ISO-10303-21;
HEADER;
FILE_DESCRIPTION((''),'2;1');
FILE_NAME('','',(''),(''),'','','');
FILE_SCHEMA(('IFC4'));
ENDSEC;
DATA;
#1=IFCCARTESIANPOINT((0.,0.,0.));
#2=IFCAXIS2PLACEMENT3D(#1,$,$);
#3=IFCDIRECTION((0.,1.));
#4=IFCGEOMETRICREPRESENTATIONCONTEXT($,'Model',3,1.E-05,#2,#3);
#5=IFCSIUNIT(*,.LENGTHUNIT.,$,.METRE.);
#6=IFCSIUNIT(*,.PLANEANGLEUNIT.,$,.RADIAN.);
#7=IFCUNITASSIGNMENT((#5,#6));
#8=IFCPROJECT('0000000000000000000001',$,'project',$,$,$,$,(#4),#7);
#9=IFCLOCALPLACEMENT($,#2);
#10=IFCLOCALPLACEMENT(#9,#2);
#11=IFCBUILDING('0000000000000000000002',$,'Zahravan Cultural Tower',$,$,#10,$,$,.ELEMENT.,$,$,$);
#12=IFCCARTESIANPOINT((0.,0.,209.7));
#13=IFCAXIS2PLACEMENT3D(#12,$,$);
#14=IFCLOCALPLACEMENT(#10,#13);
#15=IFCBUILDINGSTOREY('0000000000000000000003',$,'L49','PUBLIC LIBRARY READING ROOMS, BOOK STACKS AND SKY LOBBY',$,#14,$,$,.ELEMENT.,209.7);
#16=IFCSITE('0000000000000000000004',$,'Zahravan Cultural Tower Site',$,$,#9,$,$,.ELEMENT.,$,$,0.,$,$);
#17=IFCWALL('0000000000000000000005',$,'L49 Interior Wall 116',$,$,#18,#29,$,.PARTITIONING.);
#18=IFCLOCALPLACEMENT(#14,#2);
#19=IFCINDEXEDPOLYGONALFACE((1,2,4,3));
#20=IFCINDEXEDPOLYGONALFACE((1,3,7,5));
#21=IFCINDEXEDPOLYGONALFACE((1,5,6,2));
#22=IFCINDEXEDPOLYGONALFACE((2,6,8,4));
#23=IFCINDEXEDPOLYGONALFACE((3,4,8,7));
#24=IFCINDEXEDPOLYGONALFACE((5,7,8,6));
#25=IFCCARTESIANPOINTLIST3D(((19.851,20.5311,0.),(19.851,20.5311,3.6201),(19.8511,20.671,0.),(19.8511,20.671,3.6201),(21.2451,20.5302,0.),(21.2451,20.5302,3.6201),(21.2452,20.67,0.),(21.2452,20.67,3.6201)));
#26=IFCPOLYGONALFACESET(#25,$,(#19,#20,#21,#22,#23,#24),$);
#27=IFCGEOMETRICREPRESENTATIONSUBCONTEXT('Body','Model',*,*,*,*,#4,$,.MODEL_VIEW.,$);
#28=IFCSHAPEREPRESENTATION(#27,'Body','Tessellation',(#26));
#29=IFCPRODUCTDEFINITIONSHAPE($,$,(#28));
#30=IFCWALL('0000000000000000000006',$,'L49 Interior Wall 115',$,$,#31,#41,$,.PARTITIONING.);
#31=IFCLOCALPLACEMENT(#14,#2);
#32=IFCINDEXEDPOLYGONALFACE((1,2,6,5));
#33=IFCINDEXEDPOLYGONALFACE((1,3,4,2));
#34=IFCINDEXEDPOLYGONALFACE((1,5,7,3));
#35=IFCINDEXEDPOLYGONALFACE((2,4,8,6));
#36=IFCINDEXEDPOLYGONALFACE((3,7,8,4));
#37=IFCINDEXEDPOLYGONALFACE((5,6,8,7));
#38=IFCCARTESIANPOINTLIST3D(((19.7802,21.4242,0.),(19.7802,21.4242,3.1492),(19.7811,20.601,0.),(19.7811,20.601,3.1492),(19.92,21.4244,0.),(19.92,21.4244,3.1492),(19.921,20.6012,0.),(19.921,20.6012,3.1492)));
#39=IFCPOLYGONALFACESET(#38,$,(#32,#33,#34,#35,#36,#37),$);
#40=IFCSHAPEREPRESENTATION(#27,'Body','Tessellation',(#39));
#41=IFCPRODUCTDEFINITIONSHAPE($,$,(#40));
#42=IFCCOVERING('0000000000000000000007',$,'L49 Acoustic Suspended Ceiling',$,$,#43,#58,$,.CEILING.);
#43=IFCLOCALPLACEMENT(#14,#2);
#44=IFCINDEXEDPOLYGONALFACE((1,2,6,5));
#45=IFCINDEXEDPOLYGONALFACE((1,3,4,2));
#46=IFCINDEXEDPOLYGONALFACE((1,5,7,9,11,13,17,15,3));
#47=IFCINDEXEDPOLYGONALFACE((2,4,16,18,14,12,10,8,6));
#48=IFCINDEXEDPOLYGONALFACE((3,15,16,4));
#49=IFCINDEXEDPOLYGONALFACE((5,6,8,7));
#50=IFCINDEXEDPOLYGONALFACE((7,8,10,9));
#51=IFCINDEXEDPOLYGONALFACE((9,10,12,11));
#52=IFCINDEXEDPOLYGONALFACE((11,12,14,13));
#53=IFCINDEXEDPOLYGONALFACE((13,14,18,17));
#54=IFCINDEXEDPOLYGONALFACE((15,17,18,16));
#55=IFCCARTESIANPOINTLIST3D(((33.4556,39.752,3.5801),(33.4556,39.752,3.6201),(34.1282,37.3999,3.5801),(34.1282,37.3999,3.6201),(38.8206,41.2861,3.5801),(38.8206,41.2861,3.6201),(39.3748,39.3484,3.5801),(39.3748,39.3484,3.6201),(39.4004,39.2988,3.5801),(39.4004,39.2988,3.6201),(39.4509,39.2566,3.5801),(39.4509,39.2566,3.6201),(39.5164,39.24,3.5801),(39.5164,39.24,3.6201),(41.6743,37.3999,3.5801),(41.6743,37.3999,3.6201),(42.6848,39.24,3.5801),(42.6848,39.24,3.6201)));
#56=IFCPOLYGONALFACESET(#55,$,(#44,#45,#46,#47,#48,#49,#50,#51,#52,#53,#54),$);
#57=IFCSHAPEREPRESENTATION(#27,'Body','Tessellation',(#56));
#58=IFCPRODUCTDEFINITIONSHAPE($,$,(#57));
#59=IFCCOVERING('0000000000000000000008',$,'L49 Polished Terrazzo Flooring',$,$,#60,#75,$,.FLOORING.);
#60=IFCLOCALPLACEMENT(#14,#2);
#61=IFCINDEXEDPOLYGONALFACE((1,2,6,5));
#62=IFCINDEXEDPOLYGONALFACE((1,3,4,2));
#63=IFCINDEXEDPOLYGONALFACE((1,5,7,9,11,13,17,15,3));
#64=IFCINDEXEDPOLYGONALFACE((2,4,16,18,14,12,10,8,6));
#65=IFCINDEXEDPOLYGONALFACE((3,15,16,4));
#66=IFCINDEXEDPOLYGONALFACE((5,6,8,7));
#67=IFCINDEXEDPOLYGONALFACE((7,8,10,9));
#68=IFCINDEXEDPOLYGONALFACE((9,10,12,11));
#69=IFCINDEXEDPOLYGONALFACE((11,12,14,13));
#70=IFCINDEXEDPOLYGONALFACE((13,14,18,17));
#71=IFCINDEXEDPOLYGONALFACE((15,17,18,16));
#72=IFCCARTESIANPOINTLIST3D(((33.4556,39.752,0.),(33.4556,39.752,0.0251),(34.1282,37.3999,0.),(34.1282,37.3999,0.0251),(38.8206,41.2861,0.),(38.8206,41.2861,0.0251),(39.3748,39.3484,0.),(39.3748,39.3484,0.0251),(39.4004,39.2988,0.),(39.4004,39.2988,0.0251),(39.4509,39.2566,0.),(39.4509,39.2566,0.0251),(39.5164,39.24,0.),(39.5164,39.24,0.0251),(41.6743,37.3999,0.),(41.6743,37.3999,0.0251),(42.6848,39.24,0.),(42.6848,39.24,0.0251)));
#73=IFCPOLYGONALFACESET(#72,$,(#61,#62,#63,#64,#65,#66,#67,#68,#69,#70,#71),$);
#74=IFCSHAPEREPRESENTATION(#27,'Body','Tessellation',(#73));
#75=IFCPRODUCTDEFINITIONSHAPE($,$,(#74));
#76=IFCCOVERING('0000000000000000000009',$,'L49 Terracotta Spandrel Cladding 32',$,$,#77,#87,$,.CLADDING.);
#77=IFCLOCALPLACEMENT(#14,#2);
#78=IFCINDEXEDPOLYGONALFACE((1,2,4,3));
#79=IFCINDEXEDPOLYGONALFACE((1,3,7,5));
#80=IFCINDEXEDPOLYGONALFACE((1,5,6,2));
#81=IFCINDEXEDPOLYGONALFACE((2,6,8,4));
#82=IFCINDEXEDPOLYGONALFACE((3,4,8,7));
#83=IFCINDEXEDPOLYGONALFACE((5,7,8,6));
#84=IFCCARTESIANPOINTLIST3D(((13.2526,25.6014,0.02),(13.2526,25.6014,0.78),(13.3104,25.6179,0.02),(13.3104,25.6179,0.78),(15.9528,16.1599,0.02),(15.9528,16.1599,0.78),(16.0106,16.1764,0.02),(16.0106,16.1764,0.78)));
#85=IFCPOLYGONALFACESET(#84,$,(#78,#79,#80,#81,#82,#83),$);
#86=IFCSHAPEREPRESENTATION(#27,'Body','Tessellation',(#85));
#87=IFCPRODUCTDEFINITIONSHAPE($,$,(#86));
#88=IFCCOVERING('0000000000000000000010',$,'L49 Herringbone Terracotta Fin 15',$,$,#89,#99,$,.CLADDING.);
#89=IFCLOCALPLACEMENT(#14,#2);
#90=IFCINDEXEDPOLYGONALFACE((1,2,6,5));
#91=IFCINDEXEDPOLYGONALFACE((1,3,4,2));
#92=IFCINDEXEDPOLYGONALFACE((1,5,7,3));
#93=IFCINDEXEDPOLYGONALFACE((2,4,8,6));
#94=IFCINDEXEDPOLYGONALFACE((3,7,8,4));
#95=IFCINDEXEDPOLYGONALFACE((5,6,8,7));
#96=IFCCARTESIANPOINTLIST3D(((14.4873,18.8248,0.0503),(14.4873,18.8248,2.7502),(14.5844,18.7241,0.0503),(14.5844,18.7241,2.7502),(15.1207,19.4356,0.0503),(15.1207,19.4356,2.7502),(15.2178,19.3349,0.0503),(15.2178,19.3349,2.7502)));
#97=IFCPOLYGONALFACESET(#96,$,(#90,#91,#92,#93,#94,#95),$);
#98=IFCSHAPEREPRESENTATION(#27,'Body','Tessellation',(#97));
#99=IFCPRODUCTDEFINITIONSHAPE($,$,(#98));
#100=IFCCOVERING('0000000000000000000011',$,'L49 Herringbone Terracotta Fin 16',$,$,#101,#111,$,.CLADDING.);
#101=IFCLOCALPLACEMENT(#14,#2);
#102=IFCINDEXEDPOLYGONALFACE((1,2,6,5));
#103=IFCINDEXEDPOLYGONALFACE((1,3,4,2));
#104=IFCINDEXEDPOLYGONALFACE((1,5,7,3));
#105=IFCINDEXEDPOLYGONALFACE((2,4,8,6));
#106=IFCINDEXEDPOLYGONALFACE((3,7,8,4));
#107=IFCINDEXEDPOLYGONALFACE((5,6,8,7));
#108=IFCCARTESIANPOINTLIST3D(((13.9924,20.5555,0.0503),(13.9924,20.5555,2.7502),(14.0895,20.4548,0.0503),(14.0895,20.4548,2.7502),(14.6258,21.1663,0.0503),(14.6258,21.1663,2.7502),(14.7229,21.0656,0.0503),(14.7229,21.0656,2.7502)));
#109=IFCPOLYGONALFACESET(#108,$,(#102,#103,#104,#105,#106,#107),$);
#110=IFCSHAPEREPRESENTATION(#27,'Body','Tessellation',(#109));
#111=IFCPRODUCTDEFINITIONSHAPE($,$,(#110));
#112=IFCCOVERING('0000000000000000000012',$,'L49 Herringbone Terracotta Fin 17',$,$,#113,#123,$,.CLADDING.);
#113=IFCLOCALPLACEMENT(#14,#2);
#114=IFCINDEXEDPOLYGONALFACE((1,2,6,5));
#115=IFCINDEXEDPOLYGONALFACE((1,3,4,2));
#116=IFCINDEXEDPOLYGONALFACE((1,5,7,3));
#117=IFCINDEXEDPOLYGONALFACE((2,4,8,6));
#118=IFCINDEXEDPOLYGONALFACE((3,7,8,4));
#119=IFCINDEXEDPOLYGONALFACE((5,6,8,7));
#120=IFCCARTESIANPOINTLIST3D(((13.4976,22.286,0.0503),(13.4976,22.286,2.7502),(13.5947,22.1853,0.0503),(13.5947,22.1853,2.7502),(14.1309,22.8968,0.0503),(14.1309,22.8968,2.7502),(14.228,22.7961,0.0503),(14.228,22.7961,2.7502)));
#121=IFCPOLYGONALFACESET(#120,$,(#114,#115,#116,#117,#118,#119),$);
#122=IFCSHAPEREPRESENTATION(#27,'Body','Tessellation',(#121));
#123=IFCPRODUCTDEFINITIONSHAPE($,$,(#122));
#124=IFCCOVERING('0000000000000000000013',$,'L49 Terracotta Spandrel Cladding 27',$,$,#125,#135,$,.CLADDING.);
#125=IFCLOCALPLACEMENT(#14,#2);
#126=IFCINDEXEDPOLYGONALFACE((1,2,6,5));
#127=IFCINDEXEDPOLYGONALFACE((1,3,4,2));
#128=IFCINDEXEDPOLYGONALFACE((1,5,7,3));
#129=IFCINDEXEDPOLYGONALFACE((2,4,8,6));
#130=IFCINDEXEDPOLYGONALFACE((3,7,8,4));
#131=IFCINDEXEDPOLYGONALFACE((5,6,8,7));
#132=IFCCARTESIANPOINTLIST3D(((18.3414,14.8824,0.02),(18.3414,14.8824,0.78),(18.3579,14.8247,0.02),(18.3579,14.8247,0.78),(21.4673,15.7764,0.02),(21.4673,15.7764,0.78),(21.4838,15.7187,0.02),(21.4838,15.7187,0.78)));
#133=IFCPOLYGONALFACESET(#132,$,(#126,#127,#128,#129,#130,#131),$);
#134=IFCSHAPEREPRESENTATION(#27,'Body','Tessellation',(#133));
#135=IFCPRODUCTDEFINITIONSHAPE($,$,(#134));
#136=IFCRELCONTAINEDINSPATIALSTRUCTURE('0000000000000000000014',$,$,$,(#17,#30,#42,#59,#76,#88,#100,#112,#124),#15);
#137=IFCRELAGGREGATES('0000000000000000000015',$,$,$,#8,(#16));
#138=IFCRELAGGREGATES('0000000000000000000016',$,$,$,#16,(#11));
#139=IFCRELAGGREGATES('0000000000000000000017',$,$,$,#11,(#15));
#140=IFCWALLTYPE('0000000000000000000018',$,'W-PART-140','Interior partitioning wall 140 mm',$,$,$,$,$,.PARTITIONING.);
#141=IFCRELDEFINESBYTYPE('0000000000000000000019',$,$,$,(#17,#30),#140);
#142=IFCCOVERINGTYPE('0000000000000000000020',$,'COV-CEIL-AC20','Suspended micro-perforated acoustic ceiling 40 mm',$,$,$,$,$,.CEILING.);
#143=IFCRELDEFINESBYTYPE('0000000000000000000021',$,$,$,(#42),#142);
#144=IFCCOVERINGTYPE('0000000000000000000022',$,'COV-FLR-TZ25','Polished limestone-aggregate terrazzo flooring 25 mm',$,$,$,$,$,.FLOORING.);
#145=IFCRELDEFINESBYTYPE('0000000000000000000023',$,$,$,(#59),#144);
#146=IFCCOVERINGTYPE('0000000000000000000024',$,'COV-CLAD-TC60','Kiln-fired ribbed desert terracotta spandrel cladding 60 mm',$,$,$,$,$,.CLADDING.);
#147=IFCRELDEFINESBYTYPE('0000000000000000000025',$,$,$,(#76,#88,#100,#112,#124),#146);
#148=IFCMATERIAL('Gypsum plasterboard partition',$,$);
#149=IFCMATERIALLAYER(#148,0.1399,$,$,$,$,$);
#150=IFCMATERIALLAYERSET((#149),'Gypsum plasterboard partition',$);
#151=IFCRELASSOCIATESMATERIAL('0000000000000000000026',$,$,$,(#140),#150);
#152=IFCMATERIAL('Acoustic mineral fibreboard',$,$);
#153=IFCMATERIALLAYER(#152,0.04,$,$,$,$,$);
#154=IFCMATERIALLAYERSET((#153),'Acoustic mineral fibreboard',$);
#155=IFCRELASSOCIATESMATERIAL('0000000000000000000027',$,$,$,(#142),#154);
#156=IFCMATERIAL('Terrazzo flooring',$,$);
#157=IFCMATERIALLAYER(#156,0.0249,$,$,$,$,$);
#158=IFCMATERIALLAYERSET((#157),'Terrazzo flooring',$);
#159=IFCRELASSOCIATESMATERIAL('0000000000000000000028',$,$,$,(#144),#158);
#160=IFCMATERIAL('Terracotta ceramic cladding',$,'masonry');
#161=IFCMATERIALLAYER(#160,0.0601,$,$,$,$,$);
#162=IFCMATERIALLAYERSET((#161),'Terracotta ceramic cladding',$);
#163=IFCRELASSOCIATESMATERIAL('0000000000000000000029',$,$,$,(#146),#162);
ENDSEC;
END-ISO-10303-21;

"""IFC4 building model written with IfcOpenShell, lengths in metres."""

from ifc_helpers import new_model, si_unit, direction, frame, frame_2d, origin, origin_2d, place, context, subcontext, project, spatial, polyline, rectangle, outline, extrude, source, transform, mapped, material, layer, layer_set, type_object, element, save


model = new_model("IFC4")

# Units and contexts
model_context = context("Model", 3, precision=1e-05, world=origin(), true_north=direction((0.0, 1.0)))
body_context = subcontext(model_context, "Body", "Model", "MODEL_VIEW")
ifc_project = project(units=[si_unit("LENGTHUNIT", "METRE"), si_unit("PLANEANGLEUNIT", "RADIAN")], contexts=[model_context])

# Site, building, storey
site_placement = place(None, origin())
site = spatial("IfcSite", under=ifc_project, at=site_placement, Name="Zahravan Cultural Tower Site", CompositionType="ELEMENT", RefElevation=0.0)
building_placement = place(site_placement, origin())
building = spatial("IfcBuilding", under=site, at=building_placement, Name="Zahravan Cultural Tower", CompositionType="ELEMENT")
storey_placement = place(building_placement, frame((0.0, 0.0, 209.7)))
storey = spatial("IfcBuildingStorey", under=building, at=storey_placement, Name="L49", Description="PUBLIC LIBRARY READING ROOMS, BOOK STACKS AND SKY LOBBY", CompositionType="ELEMENT", Elevation=209.7)

# Shared definitions
ifc_material_1 = material(Name="Gypsum plasterboard partition")
ifc_layer_1 = layer(ifc_material_1, 0.1399)
ifc_layer_set_1 = layer_set([ifc_layer_1], Name="Gypsum plasterboard partition")
wall_type_1 = type_object("IfcWallType", Name="W-PART-140", Description="Interior partitioning wall 140 mm", PredefinedType="PARTITIONING", material=ifc_layer_set_1)

# Walls
shared_shape_1 = source(origin(), body_context, "Body", "SweptSolid", [
    extrude(rectangle(XDim=1.394, YDim=0.1399, at=frame_2d((0.697, 0.0))), origin(), (0.0, 0.0, 1.0), 3.6201),
])
wall_1_placement = place(storey_placement, frame((19.8511, 20.6011, 0.0), z_axis=(0.0, 0.0, 1.0), x_axis=(1.0, -0.000701, 0.0)))
element("IfcWall", 1, at=wall_1_placement, inside=storey, type_object=wall_type_1, Name="L49 Interior Wall 116", PredefinedType="PARTITIONING", context=body_context, shape_type="MappedRepresentation", body=[
    mapped(shared_shape_1, transform((0.0, 0.0, 0.0), x_axis=(1.0, 0.0, 0.0), y_axis=(0.0, 1.0, 0.0), z_axis=(0.0, 0.0, 1.0), scale=1.0)),
])
shared_shape_2 = source(origin(), body_context, "Body", "SweptSolid", [
    extrude(rectangle(XDim=0.8232, YDim=0.1399, at=frame_2d((0.4116, 0.0))), origin(), (0.0, 0.0, 1.0), 3.1492),
])
wall_2_placement = place(storey_placement, frame((19.8501, 21.4243, 0.0), z_axis=(0.0, 0.0, 1.0), x_axis=(0.001186, -0.999999, 0.0)))
element("IfcWall", 2, at=wall_2_placement, inside=storey, type_object=wall_type_1, Name="L49 Interior Wall 115", PredefinedType="PARTITIONING", context=body_context, shape_type="MappedRepresentation", body=[
    mapped(shared_shape_2, transform((0.0, 0.0, 0.0), x_axis=(1.0, 0.0, 0.0), y_axis=(0.0, 1.0, 0.0), z_axis=(0.0, 0.0, 1.0), scale=1.0)),
])

# Coverings
ifc_material_2 = material(Name="Acoustic mineral fibreboard")
ifc_layer_2 = layer(ifc_material_2, 0.04)
ifc_layer_set_2 = layer_set([ifc_layer_2], Name="Acoustic mineral fibreboard")
covering_type_1 = type_object("IfcCoveringType", Name="COV-CEIL-AC20", Description="Suspended micro-perforated acoustic ceiling 40 mm", PredefinedType="CEILING", material=ifc_layer_set_2)
covering_1_placement = place(storey_placement, frame((0.0, 0.0, 3.5801)))
element("IfcCovering", 3, at=covering_1_placement, inside=storey, type_object=covering_type_1, Name="L49 Acoustic Suspended Ceiling", PredefinedType="CEILING", context=body_context, shape_type="SweptSolid", body=[
    extrude(outline(polyline([(42.6848, 39.24), (39.5164, 39.24), (39.4509, 39.2566), (39.4004, 39.2988), (39.3748, 39.3484), (38.8206, 41.2861), (33.4556, 39.752), (34.1282, 37.3999), (41.6743, 37.3999), (42.6848, 39.24)])), origin(), (0.0, 0.0, 1.0), 0.04),
])
ifc_material_3 = material(Name="Terrazzo flooring")
ifc_layer_3 = layer(ifc_material_3, 0.0249)
ifc_layer_set_3 = layer_set([ifc_layer_3], Name="Terrazzo flooring")
covering_type_2 = type_object("IfcCoveringType", Name="COV-FLR-TZ25", Description="Polished limestone-aggregate terrazzo flooring 25 mm", PredefinedType="FLOORING", material=ifc_layer_set_3)
covering_2_placement = place(storey_placement, origin())
element("IfcCovering", 4, at=covering_2_placement, inside=storey, type_object=covering_type_2, Name="L49 Polished Terrazzo Flooring", PredefinedType="FLOORING", context=body_context, shape_type="SweptSolid", body=[
    extrude(outline(polyline([(42.6848, 39.24), (39.5164, 39.24), (39.4509, 39.2566), (39.4004, 39.2988), (39.3748, 39.3484), (38.8206, 41.2861), (33.4556, 39.752), (34.1282, 37.3999), (41.6743, 37.3999), (42.6848, 39.24)])), origin(), (0.0, 0.0, 1.0), 0.0251),
])
ifc_material_4 = material(Name="Terracotta ceramic cladding", Category="masonry")
ifc_layer_4 = layer(ifc_material_4, 0.0601)
ifc_layer_set_4 = layer_set([ifc_layer_4], Name="Terracotta ceramic cladding")
covering_type_3 = type_object("IfcCoveringType", Name="COV-CLAD-TC60", Description="Kiln-fired ribbed desert terracotta spandrel cladding 60 mm", PredefinedType="CLADDING", material=ifc_layer_set_4)
shared_shape_3 = source(origin(), body_context, "Body", "SweptSolid", [
    extrude(rectangle(XDim=9.8201, YDim=0.0601, at=origin_2d()), origin(), (0.0, 0.0, 1.0), 0.76),
])
covering_3_placement = place(storey_placement, frame((14.6316, 20.8889, 0.02), z_axis=(0.0, 0.0, 1.0), x_axis=(-0.274966, 0.961454, 0.0)))
element("IfcCovering", 5, at=covering_3_placement, inside=storey, type_object=covering_type_3, Name="L49 Terracotta Spandrel Cladding 32", PredefinedType="CLADDING", context=body_context, shape_type="MappedRepresentation", body=[
    mapped(shared_shape_3, transform((0.0, 0.0, 0.0), x_axis=(1.0, 0.0, 0.0), y_axis=(0.0, 1.0, 0.0), z_axis=(0.0, 0.0, 1.0), scale=1.0)),
])
shared_shape_4 = source(origin(), body_context, "Body", "SweptSolid", [
    extrude(rectangle(XDim=0.8799, YDim=0.1399, at=origin_2d()), origin(), (0.0, 0.0, 1.0), 2.7),
])
for number, where, z_axis, x_axis, name in (
    (6, (14.8525, 19.0798, 0.0503), (0.0, 0.0, 1.0), (-0.719825, -0.694156, 0.0), "L49 Herringbone Terracotta Fin 15"),
    (7, (14.3577, 20.8105, 0.0503), (0.0, 0.0, 1.0), (-0.719825, -0.694156, 0.0), "L49 Herringbone Terracotta Fin 16"),
    (8, (13.8628, 22.541, 0.0503), (0.0, 0.0, 1.0), (-0.719825, -0.694156, 0.0), "L49 Herringbone Terracotta Fin 17"),
):
    element("IfcCovering", number, at=place(storey_placement, frame(where, z_axis=z_axis, x_axis=x_axis)), inside=storey, type_object=covering_type_3, Name=name, PredefinedType="CLADDING", context=body_context, shape_type="MappedRepresentation", body=[
        mapped(shared_shape_4, transform((0.0, 0.0, 0.0), x_axis=(1.0, 0.0, 0.0), y_axis=(0.0, 1.0, 0.0), z_axis=(0.0, 0.0, 1.0), scale=1.0)),
    ])
shared_shape_5 = source(origin(), body_context, "Body", "SweptSolid", [
    extrude(rectangle(XDim=3.2512, YDim=0.0601, at=origin_2d()), origin(), (0.0, 0.0, 1.0), 0.76),
])
covering_4_placement = place(storey_placement, frame((19.9126, 15.3005, 0.02), z_axis=(0.0, 0.0, 1.0), x_axis=(-0.961449, -0.274983, 0.0)))
element("IfcCovering", 9, at=covering_4_placement, inside=storey, type_object=covering_type_3, Name="L49 Terracotta Spandrel Cladding 27", PredefinedType="CLADDING", context=body_context, shape_type="MappedRepresentation", body=[
    mapped(shared_shape_5, transform((0.0, 0.0, 0.0), x_axis=(1.0, 0.0, 0.0), y_axis=(0.0, 1.0, 0.0), z_axis=(0.0, 0.0, 1.0), scale=1.0)),
])

save(model, "model.ifc")
